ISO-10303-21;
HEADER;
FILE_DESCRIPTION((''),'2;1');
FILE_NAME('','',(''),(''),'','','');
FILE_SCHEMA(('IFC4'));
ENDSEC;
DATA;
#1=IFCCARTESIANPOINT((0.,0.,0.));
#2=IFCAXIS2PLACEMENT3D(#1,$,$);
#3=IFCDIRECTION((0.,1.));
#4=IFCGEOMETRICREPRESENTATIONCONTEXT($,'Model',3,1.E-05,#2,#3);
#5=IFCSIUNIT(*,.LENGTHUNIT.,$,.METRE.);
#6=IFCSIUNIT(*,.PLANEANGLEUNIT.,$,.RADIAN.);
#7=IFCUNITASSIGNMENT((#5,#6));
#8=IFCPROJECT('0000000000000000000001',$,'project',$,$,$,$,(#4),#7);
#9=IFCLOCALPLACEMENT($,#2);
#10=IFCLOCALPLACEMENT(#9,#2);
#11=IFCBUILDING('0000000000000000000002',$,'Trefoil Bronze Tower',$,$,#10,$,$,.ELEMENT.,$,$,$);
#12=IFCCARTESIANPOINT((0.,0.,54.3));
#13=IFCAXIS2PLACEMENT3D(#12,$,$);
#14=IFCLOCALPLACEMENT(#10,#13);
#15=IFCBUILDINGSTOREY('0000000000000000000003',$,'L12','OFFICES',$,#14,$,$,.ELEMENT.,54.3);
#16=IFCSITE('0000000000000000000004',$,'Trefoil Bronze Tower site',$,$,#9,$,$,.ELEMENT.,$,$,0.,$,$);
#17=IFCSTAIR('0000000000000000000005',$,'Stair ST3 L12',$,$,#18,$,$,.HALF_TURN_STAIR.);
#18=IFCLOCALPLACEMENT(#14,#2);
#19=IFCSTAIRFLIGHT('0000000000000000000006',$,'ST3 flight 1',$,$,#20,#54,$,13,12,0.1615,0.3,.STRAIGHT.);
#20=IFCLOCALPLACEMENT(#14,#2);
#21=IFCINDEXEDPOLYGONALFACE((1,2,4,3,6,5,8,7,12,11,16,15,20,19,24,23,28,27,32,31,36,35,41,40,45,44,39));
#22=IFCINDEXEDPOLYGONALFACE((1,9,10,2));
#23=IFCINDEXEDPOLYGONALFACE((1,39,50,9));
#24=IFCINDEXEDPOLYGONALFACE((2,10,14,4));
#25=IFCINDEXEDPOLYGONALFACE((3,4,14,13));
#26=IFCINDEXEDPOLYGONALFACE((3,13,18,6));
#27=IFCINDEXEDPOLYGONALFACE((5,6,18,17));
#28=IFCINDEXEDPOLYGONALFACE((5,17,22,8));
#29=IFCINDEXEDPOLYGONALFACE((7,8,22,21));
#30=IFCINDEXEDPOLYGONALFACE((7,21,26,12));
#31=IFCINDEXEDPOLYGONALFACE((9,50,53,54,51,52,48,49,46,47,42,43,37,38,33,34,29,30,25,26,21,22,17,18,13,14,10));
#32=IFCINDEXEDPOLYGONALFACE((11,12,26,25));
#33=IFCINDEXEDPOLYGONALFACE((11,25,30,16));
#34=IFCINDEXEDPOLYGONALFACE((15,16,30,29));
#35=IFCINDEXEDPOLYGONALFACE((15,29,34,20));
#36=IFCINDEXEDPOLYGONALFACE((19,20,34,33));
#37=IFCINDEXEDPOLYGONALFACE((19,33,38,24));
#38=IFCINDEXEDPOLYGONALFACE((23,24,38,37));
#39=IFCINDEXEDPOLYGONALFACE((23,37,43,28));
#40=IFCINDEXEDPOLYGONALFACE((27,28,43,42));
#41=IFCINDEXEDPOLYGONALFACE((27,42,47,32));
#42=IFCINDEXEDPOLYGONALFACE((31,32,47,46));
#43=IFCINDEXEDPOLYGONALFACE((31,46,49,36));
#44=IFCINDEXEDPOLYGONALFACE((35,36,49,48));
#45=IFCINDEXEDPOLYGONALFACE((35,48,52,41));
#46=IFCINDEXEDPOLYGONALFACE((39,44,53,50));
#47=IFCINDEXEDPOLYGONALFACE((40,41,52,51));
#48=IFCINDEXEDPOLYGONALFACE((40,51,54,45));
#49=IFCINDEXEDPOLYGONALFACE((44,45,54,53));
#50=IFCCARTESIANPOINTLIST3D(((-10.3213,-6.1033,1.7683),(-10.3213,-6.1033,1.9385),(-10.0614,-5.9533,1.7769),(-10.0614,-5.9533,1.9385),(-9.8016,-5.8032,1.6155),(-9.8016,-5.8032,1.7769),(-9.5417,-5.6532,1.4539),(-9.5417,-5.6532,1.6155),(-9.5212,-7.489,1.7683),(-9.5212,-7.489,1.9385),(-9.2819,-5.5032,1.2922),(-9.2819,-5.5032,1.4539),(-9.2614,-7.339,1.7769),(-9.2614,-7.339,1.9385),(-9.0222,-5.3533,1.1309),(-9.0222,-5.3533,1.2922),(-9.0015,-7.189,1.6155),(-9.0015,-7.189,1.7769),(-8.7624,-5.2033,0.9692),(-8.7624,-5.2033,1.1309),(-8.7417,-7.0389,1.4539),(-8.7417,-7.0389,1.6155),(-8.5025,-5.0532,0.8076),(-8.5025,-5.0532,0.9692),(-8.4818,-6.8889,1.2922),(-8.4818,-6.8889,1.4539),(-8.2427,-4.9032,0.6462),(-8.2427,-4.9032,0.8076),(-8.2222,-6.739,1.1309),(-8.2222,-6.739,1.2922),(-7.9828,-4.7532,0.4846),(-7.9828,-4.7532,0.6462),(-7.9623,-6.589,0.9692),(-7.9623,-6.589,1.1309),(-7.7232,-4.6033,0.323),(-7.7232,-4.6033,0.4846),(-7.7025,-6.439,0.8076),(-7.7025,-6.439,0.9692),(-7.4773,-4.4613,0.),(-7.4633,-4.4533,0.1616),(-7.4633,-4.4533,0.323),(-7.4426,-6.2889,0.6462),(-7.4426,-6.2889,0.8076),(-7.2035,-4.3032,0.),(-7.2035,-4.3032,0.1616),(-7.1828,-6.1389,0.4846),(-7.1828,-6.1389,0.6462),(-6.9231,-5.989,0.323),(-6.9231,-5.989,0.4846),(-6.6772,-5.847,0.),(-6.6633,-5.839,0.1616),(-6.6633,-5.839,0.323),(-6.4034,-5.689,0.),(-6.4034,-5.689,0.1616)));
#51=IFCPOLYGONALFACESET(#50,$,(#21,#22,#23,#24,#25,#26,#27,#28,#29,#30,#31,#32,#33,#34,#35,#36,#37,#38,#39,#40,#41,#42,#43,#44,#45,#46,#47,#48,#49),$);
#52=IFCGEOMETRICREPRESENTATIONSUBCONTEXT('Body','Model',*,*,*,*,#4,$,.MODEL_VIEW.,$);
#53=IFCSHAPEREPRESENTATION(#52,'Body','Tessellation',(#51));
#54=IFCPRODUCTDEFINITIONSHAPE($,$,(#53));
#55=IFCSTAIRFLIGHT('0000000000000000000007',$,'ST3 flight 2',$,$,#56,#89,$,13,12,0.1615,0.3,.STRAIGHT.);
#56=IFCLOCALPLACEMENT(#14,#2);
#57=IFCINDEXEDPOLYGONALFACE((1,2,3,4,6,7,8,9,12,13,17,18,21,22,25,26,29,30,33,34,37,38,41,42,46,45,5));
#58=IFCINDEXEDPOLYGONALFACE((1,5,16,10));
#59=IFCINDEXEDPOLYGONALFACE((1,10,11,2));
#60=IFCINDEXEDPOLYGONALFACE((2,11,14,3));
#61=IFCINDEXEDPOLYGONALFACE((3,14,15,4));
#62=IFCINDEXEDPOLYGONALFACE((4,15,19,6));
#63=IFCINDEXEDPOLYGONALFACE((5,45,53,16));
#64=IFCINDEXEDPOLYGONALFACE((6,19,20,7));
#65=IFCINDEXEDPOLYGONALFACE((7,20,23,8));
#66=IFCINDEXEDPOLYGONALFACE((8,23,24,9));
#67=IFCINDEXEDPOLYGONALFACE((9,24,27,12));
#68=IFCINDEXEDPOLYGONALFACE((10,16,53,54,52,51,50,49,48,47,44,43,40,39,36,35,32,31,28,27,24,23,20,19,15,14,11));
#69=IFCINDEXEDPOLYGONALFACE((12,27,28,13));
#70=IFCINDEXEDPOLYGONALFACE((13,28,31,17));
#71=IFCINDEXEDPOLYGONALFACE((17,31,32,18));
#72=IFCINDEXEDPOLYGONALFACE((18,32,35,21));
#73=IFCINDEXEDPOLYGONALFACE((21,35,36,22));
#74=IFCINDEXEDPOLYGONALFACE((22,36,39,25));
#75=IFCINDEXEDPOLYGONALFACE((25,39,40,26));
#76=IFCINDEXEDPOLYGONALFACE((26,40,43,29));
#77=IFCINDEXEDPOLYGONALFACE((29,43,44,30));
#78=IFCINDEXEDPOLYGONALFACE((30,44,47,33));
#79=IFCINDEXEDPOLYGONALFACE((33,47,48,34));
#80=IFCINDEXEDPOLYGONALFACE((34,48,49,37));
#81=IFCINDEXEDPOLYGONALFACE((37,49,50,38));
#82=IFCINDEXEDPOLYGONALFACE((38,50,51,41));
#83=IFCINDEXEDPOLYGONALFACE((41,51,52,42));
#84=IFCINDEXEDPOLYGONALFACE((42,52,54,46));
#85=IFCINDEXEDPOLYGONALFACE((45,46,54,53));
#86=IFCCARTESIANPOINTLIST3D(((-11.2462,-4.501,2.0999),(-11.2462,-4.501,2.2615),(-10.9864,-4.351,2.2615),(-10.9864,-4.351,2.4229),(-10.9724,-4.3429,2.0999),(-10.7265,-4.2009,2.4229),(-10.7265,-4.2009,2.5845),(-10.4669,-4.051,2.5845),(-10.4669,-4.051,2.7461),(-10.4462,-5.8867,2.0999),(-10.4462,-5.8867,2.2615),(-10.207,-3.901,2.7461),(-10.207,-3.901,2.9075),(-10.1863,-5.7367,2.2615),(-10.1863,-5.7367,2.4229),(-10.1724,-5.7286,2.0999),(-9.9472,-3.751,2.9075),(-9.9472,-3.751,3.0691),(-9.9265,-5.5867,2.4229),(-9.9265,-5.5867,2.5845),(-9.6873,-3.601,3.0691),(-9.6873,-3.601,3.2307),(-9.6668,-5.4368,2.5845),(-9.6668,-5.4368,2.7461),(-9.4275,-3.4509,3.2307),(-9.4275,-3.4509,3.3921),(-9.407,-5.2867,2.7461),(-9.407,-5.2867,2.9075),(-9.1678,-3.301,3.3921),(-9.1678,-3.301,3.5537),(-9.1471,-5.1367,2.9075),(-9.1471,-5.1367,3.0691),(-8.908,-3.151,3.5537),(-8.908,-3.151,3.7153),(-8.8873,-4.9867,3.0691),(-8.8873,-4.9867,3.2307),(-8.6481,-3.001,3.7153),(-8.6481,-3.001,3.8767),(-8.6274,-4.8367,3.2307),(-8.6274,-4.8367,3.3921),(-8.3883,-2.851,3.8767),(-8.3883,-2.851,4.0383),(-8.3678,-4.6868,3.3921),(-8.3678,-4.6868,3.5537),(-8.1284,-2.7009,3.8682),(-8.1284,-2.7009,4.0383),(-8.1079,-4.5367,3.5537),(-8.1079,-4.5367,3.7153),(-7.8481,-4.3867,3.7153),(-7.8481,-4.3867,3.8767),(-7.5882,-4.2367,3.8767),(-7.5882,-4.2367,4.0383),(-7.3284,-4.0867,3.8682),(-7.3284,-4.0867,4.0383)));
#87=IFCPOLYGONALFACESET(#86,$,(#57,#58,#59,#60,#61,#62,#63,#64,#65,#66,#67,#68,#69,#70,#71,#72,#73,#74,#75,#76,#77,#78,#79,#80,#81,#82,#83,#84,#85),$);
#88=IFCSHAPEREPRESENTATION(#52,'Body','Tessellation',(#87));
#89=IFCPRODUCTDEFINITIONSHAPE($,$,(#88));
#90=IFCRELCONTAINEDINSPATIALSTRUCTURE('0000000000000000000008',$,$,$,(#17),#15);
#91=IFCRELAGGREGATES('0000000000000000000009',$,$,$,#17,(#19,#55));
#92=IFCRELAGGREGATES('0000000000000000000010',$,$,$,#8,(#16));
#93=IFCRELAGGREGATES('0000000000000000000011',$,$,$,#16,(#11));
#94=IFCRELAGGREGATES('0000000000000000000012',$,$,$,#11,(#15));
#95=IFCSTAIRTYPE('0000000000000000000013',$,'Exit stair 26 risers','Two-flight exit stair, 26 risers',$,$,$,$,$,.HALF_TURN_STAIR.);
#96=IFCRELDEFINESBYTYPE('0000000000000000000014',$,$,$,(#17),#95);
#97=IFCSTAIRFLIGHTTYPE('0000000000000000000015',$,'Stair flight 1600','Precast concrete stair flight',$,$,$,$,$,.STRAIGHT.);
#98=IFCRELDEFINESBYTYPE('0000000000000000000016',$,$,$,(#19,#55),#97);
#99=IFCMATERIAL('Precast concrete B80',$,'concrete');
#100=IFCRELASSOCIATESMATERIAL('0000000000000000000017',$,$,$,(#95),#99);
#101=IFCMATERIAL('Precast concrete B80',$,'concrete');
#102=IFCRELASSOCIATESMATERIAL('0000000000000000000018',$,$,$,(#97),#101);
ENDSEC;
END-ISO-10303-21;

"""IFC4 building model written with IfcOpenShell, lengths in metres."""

from ifc_helpers import new_model, si_unit, direction, frame, origin, place, context, subcontext, project, spatial, polyline, outline, extrude, material, type_object, element, aggregate, save


model = new_model("IFC4")

# Units and contexts
model_context = context("Model", 3, precision=1e-05, world=origin(), true_north=direction((0.0, 1.0)))
body_context = subcontext(model_context, "Body", "Model", "MODEL_VIEW")
ifc_project = project(units=[si_unit("LENGTHUNIT", "METRE"), si_unit("PLANEANGLEUNIT", "RADIAN")], contexts=[model_context])

# Site, building, storey
site_placement = place(None, origin())
site = spatial("IfcSite", under=ifc_project, at=site_placement, Name="Trefoil Bronze Tower site", CompositionType="ELEMENT", RefElevation=0.0)
building_placement = place(site_placement, origin())
building = spatial("IfcBuilding", under=site, at=building_placement, Name="Trefoil Bronze Tower", CompositionType="ELEMENT")
storey_placement = place(building_placement, frame((0.0, 0.0, 54.3)))
storey = spatial("IfcBuildingStorey", under=building, at=storey_placement, Name="L12", Description="OFFICES", CompositionType="ELEMENT", Elevation=54.3)

# Stair, stair flights
ifc_material_1 = material(Name="Precast concrete B80", Category="concrete")
stair_type = type_object("IfcStairType", Name="Exit stair 26 risers", Description="Two-flight exit stair, 26 risers", PredefinedType="HALF_TURN_STAIR", material=ifc_material_1)
stair_placement = place(storey_placement, origin())
stair = element("IfcStair", 1, at=stair_placement, inside=storey, type_object=stair_type, Name="Stair ST3 L12", PredefinedType="HALF_TURN_STAIR")
ifc_material_2 = material(Name="Precast concrete B80", Category="concrete")
stair_flight_type = type_object("IfcStairFlightType", Name="Stair flight 1600", Description="Precast concrete stair flight", PredefinedType="STRAIGHT", material=ifc_material_2)
stair_flight_1_placement = place(storey_placement, frame((-6.8035, -4.9961, 0.0), z_axis=(0.0, 0.0, 1.0), x_axis=(-0.866025, -0.5, 0.0)))
stair_flight_1 = element("IfcStairFlight", 2, at=stair_flight_1_placement, type_object=stair_flight_type, Name="ST3 flight 1", NumberOfRisers=13, NumberOfTreads=12, PredefinedType="STRAIGHT", RiserHeight=0.1615, TreadLength=0.3, context=body_context, shape_type="SweptSolid", body=[
    extrude(outline(polyline([(0.0, 0.0), (0.0, 0.1616), (0.3, 0.1616), (0.3, 0.323), (0.6001, 0.323), (0.6001, 0.4846), (0.8999, 0.4846), (0.8999, 0.6462), (1.2, 0.6462), (1.2, 0.8076), (1.5, 0.8076), (1.5, 0.9692), (1.8, 0.9692), (1.8, 1.1309), (2.1001, 1.1309), (2.1001, 1.2922), (2.3999, 1.2922), (2.3999, 1.4539), (2.7, 1.4539), (2.7, 1.6155), (3.0, 1.6155), (3.0, 1.7769), (3.3, 1.7769), (3.3, 1.9385), (3.6001, 1.9385), (3.6001, 2.1001), (3.6001, 1.7683), (0.3162, 0.0), (0.0, 0.0)])), frame((0.0, 0.8, 0.0), z_axis=(0.0, -1.0, 0.0), x_axis=(1.0, 0.0, 0.0)), (0.0, 0.0, 1.0), 1.6001),
])
stair_flight_2_placement = place(storey_placement, frame((-10.8462, -5.1938, 2.0999), z_axis=(0.0, 0.0, 1.0), x_axis=(0.866025, 0.5, 0.0)))
stair_flight_2 = element("IfcStairFlight", 3, at=stair_flight_2_placement, type_object=stair_flight_type, Name="ST3 flight 2", NumberOfRisers=13, NumberOfTreads=12, PredefinedType="STRAIGHT", RiserHeight=0.1615, TreadLength=0.3, context=body_context, shape_type="SweptSolid", body=[
    extrude(outline(polyline([(0.0, 0.0), (0.0, 0.1616), (0.3, 0.1616), (0.3, 0.323), (0.6001, 0.323), (0.6001, 0.4846), (0.8999, 0.4846), (0.8999, 0.6462), (1.2, 0.6462), (1.2, 0.8076), (1.5, 0.8076), (1.5, 0.9692), (1.8, 0.9692), (1.8, 1.1309), (2.1001, 1.1309), (2.1001, 1.2922), (2.3999, 1.2922), (2.3999, 1.4539), (2.7, 1.4539), (2.7, 1.6155), (3.0, 1.6155), (3.0, 1.7769), (3.3, 1.7769), (3.3, 1.9385), (3.6001, 1.9385), (3.6001, 2.1001), (3.6001, 1.7683), (0.3162, 0.0), (0.0, 0.0)])), frame((0.0, 0.8, 0.0), z_axis=(0.0, -1.0, 0.0), x_axis=(1.0, 0.0, 0.0)), (0.0, 0.0, 1.0), 1.6001),
])
aggregate(stair, [stair_flight_1, stair_flight_2])

save(model, "model.ifc")
